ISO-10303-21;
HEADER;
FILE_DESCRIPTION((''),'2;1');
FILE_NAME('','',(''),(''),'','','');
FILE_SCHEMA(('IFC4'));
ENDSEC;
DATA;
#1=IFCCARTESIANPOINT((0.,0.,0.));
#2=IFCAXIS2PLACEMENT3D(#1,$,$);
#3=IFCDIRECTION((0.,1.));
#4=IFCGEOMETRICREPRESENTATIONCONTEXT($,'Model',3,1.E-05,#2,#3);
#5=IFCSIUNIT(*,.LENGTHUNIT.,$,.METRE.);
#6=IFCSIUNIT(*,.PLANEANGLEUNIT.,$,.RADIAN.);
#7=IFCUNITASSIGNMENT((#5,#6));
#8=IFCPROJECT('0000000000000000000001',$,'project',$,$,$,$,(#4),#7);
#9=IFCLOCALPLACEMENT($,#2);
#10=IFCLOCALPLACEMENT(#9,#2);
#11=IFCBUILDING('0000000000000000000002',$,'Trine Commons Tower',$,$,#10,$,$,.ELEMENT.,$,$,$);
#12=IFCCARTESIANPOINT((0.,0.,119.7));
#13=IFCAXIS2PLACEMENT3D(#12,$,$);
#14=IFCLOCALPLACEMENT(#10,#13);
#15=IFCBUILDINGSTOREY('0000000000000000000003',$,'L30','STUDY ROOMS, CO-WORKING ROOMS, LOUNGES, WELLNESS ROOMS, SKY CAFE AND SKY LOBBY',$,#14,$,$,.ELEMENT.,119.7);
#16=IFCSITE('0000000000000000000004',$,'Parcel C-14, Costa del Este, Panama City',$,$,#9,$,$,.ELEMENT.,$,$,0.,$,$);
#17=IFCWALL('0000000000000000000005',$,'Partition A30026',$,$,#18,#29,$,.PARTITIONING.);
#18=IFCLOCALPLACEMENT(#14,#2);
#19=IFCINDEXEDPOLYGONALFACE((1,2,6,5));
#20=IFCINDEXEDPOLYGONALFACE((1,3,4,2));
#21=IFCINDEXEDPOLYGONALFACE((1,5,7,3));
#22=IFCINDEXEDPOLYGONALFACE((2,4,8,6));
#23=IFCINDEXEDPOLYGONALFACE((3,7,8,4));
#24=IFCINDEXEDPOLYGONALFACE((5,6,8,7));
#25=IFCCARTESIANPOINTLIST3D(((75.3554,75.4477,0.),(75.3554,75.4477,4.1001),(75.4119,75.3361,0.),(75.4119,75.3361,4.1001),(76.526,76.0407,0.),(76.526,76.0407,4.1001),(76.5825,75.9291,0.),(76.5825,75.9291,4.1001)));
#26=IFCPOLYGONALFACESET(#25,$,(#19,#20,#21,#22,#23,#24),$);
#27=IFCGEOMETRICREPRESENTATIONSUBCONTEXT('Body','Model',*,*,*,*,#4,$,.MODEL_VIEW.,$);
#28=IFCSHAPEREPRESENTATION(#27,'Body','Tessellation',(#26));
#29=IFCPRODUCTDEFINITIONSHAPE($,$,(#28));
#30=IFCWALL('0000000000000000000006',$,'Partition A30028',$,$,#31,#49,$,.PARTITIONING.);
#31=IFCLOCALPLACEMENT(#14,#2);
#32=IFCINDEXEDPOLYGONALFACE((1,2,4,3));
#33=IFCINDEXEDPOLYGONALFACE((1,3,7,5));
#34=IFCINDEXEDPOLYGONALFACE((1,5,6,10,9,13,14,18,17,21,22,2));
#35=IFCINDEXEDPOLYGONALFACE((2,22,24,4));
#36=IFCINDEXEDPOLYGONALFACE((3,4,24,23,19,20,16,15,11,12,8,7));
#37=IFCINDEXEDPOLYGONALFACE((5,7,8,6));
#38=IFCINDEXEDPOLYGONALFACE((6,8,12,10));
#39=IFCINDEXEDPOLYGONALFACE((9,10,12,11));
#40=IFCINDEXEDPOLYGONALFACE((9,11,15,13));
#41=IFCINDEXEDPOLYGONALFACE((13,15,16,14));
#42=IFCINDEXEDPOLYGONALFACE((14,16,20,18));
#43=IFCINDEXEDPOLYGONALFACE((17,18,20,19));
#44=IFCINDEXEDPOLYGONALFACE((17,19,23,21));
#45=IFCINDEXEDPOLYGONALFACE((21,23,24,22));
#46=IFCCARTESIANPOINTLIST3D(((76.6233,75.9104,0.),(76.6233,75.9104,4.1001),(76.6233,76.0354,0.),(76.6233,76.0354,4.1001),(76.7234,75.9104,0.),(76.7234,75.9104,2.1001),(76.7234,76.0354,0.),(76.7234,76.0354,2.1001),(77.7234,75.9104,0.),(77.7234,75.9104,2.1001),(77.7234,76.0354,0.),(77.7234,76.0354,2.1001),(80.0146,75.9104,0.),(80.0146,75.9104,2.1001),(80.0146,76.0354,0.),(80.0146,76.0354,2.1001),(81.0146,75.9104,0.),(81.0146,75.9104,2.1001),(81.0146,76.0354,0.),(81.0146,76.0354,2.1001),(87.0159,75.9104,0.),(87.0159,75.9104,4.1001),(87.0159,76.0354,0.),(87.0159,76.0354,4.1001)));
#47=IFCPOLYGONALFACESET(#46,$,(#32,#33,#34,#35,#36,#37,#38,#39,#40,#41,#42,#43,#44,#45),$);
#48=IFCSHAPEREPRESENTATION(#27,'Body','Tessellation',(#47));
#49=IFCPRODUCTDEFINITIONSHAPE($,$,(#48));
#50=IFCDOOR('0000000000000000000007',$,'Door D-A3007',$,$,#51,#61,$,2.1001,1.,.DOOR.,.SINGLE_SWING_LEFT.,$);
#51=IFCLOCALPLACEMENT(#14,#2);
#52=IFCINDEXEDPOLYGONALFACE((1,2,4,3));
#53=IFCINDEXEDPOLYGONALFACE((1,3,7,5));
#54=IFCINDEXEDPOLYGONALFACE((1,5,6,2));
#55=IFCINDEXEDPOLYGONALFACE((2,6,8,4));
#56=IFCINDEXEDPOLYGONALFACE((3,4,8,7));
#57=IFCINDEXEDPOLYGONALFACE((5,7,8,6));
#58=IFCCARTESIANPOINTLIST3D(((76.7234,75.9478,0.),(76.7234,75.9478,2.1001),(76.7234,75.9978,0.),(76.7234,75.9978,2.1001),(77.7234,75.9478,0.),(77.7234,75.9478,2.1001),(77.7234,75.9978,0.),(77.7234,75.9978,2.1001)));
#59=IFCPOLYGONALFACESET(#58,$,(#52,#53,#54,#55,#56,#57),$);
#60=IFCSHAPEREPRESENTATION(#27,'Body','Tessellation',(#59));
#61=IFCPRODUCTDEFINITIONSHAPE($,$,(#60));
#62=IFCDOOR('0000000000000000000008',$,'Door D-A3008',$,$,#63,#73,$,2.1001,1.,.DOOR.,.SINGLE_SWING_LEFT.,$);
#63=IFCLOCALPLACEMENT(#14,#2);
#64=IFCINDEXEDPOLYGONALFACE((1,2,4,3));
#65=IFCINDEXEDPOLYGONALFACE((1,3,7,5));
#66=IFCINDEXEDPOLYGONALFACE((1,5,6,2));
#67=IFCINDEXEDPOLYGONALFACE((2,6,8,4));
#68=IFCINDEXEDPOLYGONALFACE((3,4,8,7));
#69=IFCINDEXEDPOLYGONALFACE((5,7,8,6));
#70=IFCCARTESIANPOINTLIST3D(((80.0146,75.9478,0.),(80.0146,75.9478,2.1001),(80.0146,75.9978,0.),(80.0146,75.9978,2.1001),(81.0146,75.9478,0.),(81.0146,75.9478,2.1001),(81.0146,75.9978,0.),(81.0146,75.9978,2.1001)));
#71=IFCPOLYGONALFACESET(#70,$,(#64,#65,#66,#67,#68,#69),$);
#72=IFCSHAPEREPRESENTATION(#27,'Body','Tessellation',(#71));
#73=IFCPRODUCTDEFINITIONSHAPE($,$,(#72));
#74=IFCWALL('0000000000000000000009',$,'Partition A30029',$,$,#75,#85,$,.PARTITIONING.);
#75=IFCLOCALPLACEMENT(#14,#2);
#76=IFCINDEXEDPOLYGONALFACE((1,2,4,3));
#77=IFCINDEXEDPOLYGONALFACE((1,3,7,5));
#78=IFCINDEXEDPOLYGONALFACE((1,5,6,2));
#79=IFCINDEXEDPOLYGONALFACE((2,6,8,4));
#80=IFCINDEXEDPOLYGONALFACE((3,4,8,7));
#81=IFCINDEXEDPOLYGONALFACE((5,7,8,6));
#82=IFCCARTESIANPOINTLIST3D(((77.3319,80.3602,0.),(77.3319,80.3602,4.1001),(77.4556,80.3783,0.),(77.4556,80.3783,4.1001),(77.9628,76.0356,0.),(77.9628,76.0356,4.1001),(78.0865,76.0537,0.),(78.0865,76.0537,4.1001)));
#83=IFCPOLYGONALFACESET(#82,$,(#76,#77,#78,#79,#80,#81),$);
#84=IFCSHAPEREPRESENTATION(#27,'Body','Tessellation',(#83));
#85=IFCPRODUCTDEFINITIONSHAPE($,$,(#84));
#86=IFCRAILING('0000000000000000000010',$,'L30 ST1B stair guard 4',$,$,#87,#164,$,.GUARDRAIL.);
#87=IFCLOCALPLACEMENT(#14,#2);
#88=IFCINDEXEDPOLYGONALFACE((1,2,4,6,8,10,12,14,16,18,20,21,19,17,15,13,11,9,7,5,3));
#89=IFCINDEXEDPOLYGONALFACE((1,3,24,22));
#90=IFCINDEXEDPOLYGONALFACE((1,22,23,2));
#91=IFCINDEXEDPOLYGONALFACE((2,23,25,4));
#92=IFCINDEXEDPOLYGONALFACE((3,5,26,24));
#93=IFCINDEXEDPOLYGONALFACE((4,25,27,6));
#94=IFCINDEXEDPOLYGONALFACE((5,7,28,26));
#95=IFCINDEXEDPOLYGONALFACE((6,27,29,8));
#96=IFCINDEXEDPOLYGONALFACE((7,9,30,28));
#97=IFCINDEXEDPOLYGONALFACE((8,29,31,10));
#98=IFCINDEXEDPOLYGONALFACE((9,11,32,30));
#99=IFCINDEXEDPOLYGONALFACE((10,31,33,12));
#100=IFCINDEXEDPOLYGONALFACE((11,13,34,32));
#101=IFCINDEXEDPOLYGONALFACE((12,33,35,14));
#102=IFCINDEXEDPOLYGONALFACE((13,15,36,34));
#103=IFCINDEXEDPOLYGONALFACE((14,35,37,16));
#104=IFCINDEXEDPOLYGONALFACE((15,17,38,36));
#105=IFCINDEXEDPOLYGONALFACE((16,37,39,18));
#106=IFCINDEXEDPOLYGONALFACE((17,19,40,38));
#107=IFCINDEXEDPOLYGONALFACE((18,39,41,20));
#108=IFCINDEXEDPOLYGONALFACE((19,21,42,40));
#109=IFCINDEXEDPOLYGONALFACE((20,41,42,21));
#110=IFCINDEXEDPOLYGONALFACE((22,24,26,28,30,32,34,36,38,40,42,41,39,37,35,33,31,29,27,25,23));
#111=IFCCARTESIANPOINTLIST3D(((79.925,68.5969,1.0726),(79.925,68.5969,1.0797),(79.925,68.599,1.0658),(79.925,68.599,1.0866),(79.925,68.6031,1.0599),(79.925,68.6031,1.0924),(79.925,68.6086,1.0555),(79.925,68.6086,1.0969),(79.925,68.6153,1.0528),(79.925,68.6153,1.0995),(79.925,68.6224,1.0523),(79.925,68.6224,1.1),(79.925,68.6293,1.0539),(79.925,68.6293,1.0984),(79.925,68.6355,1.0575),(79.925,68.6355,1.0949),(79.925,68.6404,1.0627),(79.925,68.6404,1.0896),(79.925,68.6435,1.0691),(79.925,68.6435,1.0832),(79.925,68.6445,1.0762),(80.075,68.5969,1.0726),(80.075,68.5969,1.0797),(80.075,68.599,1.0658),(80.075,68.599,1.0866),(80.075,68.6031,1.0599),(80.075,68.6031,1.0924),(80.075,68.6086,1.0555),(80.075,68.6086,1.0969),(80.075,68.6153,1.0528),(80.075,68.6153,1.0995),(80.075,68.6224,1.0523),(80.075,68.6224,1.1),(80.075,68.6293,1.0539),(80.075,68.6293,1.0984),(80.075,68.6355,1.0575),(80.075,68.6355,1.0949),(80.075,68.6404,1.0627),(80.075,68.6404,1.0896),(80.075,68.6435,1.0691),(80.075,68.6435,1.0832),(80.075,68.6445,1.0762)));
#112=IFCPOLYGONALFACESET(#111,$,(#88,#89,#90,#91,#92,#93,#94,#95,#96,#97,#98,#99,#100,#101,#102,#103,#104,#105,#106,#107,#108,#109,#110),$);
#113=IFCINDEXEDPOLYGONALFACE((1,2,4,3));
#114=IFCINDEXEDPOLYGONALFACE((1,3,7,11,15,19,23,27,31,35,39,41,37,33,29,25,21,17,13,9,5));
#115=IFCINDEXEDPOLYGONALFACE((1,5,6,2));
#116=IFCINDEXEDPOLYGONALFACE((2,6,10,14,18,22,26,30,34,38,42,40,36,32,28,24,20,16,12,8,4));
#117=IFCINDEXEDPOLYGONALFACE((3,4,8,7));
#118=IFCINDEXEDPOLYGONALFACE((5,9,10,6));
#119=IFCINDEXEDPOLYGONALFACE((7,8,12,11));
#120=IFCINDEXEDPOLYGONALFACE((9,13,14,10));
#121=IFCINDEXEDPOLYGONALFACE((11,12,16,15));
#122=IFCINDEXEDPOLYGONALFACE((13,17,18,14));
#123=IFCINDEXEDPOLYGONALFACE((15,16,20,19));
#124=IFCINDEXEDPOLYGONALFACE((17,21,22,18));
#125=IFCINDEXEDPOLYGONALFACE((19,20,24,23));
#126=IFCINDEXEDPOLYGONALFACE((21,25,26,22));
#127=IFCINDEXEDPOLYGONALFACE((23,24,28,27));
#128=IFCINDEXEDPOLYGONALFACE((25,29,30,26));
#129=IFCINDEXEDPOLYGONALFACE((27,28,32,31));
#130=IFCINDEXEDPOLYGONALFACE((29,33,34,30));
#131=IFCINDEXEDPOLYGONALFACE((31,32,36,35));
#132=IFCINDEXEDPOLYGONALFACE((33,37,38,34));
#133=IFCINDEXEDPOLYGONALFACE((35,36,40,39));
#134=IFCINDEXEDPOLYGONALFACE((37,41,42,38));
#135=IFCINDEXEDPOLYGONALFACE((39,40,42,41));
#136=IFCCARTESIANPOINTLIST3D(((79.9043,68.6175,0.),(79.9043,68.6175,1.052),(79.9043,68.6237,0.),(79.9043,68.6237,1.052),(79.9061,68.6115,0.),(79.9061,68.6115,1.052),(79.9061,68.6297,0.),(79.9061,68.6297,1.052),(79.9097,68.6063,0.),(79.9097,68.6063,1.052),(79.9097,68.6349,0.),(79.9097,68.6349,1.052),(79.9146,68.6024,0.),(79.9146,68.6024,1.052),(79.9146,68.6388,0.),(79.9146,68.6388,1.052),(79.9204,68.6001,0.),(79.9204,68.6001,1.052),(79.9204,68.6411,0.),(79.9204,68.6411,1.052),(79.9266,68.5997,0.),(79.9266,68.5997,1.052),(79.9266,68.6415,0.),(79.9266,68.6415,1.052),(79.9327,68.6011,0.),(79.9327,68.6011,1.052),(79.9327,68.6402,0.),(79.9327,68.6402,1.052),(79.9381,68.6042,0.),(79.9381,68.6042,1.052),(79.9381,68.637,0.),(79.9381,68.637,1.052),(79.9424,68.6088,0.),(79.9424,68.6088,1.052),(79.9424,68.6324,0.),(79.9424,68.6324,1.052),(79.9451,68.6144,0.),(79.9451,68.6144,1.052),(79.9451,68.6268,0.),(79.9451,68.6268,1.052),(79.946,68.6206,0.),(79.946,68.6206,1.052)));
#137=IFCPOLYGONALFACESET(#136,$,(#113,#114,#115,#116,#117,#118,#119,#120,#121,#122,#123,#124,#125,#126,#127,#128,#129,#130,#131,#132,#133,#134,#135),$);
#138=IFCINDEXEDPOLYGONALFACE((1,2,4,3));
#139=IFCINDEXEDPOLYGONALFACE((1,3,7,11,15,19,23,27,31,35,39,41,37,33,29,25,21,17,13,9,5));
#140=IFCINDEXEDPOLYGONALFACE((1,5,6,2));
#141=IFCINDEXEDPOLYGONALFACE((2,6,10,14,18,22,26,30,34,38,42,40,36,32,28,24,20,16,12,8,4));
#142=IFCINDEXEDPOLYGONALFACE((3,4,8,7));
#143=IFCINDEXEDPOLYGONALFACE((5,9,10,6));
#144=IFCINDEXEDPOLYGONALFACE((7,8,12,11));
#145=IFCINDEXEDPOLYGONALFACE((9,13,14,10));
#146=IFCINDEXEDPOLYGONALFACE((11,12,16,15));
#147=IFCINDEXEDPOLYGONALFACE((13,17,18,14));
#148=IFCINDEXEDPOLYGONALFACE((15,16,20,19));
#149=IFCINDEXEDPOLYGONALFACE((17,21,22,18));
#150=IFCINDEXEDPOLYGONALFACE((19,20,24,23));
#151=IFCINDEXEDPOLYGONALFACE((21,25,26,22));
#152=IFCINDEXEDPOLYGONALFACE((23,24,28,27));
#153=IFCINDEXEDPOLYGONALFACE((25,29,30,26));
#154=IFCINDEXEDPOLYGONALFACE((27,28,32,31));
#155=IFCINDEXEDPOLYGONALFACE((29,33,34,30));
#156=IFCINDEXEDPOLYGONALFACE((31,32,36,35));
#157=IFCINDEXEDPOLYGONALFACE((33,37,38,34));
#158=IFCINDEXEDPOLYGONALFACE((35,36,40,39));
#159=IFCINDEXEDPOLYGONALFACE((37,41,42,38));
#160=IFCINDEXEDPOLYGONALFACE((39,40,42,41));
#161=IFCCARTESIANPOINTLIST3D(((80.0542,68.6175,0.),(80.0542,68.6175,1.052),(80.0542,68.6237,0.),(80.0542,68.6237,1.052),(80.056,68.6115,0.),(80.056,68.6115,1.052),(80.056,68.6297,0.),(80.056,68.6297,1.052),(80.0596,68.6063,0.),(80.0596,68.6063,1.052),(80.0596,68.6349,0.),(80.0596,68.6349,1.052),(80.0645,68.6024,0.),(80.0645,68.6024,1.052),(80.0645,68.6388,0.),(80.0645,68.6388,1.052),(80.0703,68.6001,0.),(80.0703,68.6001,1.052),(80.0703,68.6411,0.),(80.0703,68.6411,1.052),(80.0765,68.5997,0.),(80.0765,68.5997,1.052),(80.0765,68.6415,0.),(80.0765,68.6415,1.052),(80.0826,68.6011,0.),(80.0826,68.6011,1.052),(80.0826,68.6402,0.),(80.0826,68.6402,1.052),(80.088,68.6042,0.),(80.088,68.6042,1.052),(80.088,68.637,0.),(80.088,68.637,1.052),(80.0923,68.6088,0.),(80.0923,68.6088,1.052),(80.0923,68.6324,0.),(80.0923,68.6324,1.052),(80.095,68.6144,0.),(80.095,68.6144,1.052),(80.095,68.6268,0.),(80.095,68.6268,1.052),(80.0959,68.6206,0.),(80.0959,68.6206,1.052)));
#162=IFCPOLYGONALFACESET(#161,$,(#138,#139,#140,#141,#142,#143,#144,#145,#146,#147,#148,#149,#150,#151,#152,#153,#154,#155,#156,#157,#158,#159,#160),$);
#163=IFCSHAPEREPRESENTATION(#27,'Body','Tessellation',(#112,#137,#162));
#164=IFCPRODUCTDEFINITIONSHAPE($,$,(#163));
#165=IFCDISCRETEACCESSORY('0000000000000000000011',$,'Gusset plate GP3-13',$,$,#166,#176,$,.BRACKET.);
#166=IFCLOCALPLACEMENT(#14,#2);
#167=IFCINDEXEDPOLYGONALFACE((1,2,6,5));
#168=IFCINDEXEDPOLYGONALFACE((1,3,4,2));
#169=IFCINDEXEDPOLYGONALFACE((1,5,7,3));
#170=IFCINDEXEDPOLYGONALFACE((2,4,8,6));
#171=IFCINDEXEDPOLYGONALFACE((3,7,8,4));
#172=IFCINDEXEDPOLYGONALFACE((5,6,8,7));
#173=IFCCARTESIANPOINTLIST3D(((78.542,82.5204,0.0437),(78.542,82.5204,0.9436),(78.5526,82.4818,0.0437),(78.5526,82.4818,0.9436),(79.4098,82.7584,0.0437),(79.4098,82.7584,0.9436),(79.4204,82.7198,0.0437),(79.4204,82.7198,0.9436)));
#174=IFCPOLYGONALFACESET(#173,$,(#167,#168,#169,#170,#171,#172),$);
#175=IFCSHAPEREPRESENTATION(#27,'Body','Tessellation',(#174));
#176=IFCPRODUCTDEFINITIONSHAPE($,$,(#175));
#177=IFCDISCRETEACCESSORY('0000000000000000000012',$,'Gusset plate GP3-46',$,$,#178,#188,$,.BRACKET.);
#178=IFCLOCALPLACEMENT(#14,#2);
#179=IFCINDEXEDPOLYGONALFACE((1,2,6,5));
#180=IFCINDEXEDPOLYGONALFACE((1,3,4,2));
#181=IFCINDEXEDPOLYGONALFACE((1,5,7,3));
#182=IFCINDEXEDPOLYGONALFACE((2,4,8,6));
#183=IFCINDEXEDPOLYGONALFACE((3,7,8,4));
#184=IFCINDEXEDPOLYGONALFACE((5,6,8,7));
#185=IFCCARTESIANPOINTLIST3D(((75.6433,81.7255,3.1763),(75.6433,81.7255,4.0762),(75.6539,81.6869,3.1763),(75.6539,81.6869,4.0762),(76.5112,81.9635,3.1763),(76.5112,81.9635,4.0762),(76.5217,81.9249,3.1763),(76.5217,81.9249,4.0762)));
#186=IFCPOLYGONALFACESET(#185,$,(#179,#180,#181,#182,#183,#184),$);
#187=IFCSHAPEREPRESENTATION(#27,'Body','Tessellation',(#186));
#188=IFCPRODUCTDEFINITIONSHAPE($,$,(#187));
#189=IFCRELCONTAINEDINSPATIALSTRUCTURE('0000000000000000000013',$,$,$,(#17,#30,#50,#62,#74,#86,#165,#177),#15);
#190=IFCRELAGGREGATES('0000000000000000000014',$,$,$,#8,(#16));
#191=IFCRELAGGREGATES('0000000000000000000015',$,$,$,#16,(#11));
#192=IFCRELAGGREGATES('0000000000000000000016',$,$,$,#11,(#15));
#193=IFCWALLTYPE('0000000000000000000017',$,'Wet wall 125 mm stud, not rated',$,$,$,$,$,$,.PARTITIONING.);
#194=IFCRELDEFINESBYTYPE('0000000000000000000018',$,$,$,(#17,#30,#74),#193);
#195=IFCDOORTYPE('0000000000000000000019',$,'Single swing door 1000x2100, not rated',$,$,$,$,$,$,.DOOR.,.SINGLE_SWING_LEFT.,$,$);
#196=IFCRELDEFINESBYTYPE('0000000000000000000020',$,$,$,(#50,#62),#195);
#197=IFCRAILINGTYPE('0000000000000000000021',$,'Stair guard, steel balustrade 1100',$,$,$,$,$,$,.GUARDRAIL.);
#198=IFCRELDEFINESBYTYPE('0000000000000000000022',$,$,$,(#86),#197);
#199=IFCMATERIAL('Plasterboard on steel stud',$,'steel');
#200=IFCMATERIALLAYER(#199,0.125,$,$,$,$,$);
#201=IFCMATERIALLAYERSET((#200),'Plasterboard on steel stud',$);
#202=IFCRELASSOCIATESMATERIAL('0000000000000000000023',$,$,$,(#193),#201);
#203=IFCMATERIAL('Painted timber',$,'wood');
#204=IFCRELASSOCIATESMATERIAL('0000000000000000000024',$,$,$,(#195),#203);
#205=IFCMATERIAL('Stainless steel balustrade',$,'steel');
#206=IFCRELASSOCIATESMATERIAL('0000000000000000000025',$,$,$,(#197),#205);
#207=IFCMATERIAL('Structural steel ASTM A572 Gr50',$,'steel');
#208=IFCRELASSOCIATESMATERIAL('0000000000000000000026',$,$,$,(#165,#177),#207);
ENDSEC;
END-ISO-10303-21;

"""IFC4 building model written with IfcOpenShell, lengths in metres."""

from ifc_helpers import new_model, si_unit, direction, frame, frame_2d, origin, origin_2d, place, context, subcontext, project, spatial, rectangle, circle, extrude, material, layer, layer_set, type_object, element, fill, save


model = new_model("IFC4")

# Units and contexts
model_context = context("Model", 3, precision=1e-05, world=origin(), true_north=direction((0.0, 1.0)))
body_context = subcontext(model_context, "Body", "Model", "MODEL_VIEW")
ifc_project = project(units=[si_unit("LENGTHUNIT", "METRE"), si_unit("PLANEANGLEUNIT", "RADIAN")], contexts=[model_context])

# Site, building, storey
site_placement = place(None, origin())
site = spatial("IfcSite", under=ifc_project, at=site_placement, Name="Parcel C-14, Costa del Este, Panama City", CompositionType="ELEMENT", RefElevation=0.0)
building_placement = place(site_placement, origin())
building = spatial("IfcBuilding", under=site, at=building_placement, Name="Trine Commons Tower", CompositionType="ELEMENT")
storey_placement = place(building_placement, frame((0.0, 0.0, 119.7)))
storey = spatial("IfcBuildingStorey", under=building, at=storey_placement, Name="L30", Description="STUDY ROOMS, CO-WORKING ROOMS, LOUNGES, WELLNESS ROOMS, SKY CAFE AND SKY LOBBY", CompositionType="ELEMENT", Elevation=119.7)

# Wall
ifc_material_1 = material(Name="Plasterboard on steel stud", Category="steel")
ifc_layer_1 = layer(ifc_material_1, 0.125)
ifc_layer_set_1 = layer_set([ifc_layer_1], Name="Plasterboard on steel stud")
wall_type_1 = type_object("IfcWallType", Name="Wet wall 125 mm stud, not rated", PredefinedType="PARTITIONING", material=ifc_layer_set_1)
wall_1_placement = place(storey_placement, frame((75.3835, 75.3918, 0.0), z_axis=(0.0, 0.0, 1.0), x_axis=(0.892071, 0.451896, 0.0)))
element("IfcWall", 1, at=wall_1_placement, inside=storey, type_object=wall_type_1, Name="Partition A30026", PredefinedType="PARTITIONING", context=body_context, shape_type="SweptSolid", body=[
    extrude(rectangle(XDim=1.3123, YDim=0.125, at=frame_2d((0.6562, 0.0))), origin(), (0.0, 0.0, 1.0), 4.1001),
])

# Wall, openings, doors
wall_2_placement = place(storey_placement, frame((76.6233, 75.9729, 0.0), z_axis=(0.0, 0.0, 1.0), x_axis=(1.0, 0.0, 0.0)))
wall_2 = element("IfcWall", 2, at=wall_2_placement, inside=storey, type_object=wall_type_1, Name="Partition A30028", PredefinedType="PARTITIONING", context=body_context, shape_type="SweptSolid", body=[
    extrude(rectangle(XDim=10.3926, YDim=0.125, at=frame_2d((5.1963, 0.0))), origin(), (0.0, 0.0, 1.0), 4.1001),
])
opening_1_placement = place(wall_2_placement, frame((0.1001, 0.0, 0.0)))
opening_1 = element("IfcOpeningElement", 3, at=opening_1_placement, cuts=wall_2, PredefinedType="OPENING", context=body_context, shape_type="SweptSolid", body=[
    extrude(rectangle(XDim=1.0, YDim=2.1001, at=frame_2d((0.5, 1.05))), frame((0.0, 0.0725, 0.0), z_axis=(0.0, -1.0, 0.0), x_axis=(1.0, 0.0, 0.0)), (0.0, 0.0, 1.0), 0.145),
])
opening_2_placement = place(wall_2_placement, frame((3.3914, 0.0, 0.0)))
opening_2 = element("IfcOpeningElement", 4, at=opening_2_placement, cuts=wall_2, PredefinedType="OPENING", context=body_context, shape_type="SweptSolid", body=[
    extrude(rectangle(XDim=1.0, YDim=2.1001, at=frame_2d((0.5, 1.05))), frame((0.0, 0.0725, 0.0), z_axis=(0.0, -1.0, 0.0), x_axis=(1.0, 0.0, 0.0)), (0.0, 0.0, 1.0), 0.145),
])
ifc_material_2 = material(Name="Painted timber", Category="wood")
door_type_1 = type_object("IfcDoorType", Name="Single swing door 1000x2100, not rated", OperationType="SINGLE_SWING_LEFT", PredefinedType="DOOR", material=ifc_material_2)
door_1_placement = place(opening_1_placement, origin())
door_1 = element("IfcDoor", 5, at=door_1_placement, inside=storey, type_object=door_type_1, Name="Door D-A3007", OperationType="SINGLE_SWING_LEFT", OverallHeight=2.1001, OverallWidth=1.0, PredefinedType="DOOR", context=body_context, shape_type="SweptSolid", body=[
    extrude(rectangle(XDim=1.0, YDim=2.1001, at=frame_2d((0.5, 1.05))), frame((0.0, 0.0249, 0.0), z_axis=(0.0, -1.0, 0.0), x_axis=(1.0, 0.0, 0.0)), (0.0, 0.0, 1.0), 0.05),
])
fill(opening_1, door_1)
door_2_placement = place(opening_2_placement, origin())
door_2 = element("IfcDoor", 6, at=door_2_placement, inside=storey, type_object=door_type_1, Name="Door D-A3008", OperationType="SINGLE_SWING_LEFT", OverallHeight=2.1001, OverallWidth=1.0, PredefinedType="DOOR", context=body_context, shape_type="SweptSolid", body=[
    extrude(rectangle(XDim=1.0, YDim=2.1001, at=frame_2d((0.5, 1.05))), frame((0.0, 0.0249, 0.0), z_axis=(0.0, -1.0, 0.0), x_axis=(1.0, 0.0, 0.0)), (0.0, 0.0, 1.0), 0.05),
])
fill(opening_2, door_2)

# Wall
wall_3_placement = place(storey_placement, frame((77.3938, 80.3691, 0.0), z_axis=(0.0, 0.0, 1.0), x_axis=(0.144346, -0.989527, 0.0)))
element("IfcWall", 7, at=wall_3_placement, inside=storey, type_object=wall_type_1, Name="Partition A30029", PredefinedType="PARTITIONING", context=body_context, shape_type="SweptSolid", body=[
    extrude(rectangle(XDim=4.3704, YDim=0.125, at=frame_2d((2.1851, 0.0))), origin(), (0.0, 0.0, 1.0), 4.1001),
])

# Railing
ifc_material_3 = material(Name="Stainless steel balustrade", Category="steel")
railing_type = type_object("IfcRailingType", Name="Stair guard, steel balustrade 1100", PredefinedType="GUARDRAIL", material=ifc_material_3)
railing_placement = place(storey_placement, frame((79.925, 68.6206, 0.0)))
element("IfcRailing", 8, at=railing_placement, inside=storey, type_object=railing_type, Name="L30 ST1B stair guard 4", PredefinedType="GUARDRAIL", context=body_context, shape_type="SweptSolid", body=[
    extrude(circle(Radius=0.0239, at=origin_2d()), frame((0.0, 0.0, 1.0762), z_axis=(1.0, 0.0, 0.0), x_axis=(0.0, 1.0, 0.0)), (0.0, 0.0, 1.0), 0.1499),
    extrude(circle(Radius=0.021, at=origin_2d()), origin(), (0.0, 0.0, 1.0), 1.052),
    extrude(circle(Radius=0.021, at=origin_2d()), frame((0.1499, 0.0, 0.0)), (0.0, 0.0, 1.0), 1.052),
])

# Discrete accessories
ifc_material_4 = material(Name="Structural steel ASTM A572 Gr50", Category="steel")
for number, where, z_axis, x_axis, name in (
    (9, (78.9812, 82.6201, 0.0437), (0.0, 0.0, 1.0), (-0.964387, -0.264496, 0.0), "Gusset plate GP3-13"),
    (10, (76.0825, 81.8252, 3.1763), (0.0, 0.0, 1.0), (-0.964387, -0.264496, 0.0), "Gusset plate GP3-46"),
):
    element("IfcDiscreteAccessory", number, at=place(storey_placement, frame(where, z_axis=z_axis, x_axis=x_axis)), inside=storey, material=ifc_material_4, Name=name, PredefinedType="BRACKET", context=body_context, shape_type="SweptSolid", body=[
        extrude(rectangle(XDim=0.8999, YDim=0.04, at=origin_2d()), origin(), (0.0, 0.0, 1.0), 0.8999),
    ])

save(model, "model.ifc")
